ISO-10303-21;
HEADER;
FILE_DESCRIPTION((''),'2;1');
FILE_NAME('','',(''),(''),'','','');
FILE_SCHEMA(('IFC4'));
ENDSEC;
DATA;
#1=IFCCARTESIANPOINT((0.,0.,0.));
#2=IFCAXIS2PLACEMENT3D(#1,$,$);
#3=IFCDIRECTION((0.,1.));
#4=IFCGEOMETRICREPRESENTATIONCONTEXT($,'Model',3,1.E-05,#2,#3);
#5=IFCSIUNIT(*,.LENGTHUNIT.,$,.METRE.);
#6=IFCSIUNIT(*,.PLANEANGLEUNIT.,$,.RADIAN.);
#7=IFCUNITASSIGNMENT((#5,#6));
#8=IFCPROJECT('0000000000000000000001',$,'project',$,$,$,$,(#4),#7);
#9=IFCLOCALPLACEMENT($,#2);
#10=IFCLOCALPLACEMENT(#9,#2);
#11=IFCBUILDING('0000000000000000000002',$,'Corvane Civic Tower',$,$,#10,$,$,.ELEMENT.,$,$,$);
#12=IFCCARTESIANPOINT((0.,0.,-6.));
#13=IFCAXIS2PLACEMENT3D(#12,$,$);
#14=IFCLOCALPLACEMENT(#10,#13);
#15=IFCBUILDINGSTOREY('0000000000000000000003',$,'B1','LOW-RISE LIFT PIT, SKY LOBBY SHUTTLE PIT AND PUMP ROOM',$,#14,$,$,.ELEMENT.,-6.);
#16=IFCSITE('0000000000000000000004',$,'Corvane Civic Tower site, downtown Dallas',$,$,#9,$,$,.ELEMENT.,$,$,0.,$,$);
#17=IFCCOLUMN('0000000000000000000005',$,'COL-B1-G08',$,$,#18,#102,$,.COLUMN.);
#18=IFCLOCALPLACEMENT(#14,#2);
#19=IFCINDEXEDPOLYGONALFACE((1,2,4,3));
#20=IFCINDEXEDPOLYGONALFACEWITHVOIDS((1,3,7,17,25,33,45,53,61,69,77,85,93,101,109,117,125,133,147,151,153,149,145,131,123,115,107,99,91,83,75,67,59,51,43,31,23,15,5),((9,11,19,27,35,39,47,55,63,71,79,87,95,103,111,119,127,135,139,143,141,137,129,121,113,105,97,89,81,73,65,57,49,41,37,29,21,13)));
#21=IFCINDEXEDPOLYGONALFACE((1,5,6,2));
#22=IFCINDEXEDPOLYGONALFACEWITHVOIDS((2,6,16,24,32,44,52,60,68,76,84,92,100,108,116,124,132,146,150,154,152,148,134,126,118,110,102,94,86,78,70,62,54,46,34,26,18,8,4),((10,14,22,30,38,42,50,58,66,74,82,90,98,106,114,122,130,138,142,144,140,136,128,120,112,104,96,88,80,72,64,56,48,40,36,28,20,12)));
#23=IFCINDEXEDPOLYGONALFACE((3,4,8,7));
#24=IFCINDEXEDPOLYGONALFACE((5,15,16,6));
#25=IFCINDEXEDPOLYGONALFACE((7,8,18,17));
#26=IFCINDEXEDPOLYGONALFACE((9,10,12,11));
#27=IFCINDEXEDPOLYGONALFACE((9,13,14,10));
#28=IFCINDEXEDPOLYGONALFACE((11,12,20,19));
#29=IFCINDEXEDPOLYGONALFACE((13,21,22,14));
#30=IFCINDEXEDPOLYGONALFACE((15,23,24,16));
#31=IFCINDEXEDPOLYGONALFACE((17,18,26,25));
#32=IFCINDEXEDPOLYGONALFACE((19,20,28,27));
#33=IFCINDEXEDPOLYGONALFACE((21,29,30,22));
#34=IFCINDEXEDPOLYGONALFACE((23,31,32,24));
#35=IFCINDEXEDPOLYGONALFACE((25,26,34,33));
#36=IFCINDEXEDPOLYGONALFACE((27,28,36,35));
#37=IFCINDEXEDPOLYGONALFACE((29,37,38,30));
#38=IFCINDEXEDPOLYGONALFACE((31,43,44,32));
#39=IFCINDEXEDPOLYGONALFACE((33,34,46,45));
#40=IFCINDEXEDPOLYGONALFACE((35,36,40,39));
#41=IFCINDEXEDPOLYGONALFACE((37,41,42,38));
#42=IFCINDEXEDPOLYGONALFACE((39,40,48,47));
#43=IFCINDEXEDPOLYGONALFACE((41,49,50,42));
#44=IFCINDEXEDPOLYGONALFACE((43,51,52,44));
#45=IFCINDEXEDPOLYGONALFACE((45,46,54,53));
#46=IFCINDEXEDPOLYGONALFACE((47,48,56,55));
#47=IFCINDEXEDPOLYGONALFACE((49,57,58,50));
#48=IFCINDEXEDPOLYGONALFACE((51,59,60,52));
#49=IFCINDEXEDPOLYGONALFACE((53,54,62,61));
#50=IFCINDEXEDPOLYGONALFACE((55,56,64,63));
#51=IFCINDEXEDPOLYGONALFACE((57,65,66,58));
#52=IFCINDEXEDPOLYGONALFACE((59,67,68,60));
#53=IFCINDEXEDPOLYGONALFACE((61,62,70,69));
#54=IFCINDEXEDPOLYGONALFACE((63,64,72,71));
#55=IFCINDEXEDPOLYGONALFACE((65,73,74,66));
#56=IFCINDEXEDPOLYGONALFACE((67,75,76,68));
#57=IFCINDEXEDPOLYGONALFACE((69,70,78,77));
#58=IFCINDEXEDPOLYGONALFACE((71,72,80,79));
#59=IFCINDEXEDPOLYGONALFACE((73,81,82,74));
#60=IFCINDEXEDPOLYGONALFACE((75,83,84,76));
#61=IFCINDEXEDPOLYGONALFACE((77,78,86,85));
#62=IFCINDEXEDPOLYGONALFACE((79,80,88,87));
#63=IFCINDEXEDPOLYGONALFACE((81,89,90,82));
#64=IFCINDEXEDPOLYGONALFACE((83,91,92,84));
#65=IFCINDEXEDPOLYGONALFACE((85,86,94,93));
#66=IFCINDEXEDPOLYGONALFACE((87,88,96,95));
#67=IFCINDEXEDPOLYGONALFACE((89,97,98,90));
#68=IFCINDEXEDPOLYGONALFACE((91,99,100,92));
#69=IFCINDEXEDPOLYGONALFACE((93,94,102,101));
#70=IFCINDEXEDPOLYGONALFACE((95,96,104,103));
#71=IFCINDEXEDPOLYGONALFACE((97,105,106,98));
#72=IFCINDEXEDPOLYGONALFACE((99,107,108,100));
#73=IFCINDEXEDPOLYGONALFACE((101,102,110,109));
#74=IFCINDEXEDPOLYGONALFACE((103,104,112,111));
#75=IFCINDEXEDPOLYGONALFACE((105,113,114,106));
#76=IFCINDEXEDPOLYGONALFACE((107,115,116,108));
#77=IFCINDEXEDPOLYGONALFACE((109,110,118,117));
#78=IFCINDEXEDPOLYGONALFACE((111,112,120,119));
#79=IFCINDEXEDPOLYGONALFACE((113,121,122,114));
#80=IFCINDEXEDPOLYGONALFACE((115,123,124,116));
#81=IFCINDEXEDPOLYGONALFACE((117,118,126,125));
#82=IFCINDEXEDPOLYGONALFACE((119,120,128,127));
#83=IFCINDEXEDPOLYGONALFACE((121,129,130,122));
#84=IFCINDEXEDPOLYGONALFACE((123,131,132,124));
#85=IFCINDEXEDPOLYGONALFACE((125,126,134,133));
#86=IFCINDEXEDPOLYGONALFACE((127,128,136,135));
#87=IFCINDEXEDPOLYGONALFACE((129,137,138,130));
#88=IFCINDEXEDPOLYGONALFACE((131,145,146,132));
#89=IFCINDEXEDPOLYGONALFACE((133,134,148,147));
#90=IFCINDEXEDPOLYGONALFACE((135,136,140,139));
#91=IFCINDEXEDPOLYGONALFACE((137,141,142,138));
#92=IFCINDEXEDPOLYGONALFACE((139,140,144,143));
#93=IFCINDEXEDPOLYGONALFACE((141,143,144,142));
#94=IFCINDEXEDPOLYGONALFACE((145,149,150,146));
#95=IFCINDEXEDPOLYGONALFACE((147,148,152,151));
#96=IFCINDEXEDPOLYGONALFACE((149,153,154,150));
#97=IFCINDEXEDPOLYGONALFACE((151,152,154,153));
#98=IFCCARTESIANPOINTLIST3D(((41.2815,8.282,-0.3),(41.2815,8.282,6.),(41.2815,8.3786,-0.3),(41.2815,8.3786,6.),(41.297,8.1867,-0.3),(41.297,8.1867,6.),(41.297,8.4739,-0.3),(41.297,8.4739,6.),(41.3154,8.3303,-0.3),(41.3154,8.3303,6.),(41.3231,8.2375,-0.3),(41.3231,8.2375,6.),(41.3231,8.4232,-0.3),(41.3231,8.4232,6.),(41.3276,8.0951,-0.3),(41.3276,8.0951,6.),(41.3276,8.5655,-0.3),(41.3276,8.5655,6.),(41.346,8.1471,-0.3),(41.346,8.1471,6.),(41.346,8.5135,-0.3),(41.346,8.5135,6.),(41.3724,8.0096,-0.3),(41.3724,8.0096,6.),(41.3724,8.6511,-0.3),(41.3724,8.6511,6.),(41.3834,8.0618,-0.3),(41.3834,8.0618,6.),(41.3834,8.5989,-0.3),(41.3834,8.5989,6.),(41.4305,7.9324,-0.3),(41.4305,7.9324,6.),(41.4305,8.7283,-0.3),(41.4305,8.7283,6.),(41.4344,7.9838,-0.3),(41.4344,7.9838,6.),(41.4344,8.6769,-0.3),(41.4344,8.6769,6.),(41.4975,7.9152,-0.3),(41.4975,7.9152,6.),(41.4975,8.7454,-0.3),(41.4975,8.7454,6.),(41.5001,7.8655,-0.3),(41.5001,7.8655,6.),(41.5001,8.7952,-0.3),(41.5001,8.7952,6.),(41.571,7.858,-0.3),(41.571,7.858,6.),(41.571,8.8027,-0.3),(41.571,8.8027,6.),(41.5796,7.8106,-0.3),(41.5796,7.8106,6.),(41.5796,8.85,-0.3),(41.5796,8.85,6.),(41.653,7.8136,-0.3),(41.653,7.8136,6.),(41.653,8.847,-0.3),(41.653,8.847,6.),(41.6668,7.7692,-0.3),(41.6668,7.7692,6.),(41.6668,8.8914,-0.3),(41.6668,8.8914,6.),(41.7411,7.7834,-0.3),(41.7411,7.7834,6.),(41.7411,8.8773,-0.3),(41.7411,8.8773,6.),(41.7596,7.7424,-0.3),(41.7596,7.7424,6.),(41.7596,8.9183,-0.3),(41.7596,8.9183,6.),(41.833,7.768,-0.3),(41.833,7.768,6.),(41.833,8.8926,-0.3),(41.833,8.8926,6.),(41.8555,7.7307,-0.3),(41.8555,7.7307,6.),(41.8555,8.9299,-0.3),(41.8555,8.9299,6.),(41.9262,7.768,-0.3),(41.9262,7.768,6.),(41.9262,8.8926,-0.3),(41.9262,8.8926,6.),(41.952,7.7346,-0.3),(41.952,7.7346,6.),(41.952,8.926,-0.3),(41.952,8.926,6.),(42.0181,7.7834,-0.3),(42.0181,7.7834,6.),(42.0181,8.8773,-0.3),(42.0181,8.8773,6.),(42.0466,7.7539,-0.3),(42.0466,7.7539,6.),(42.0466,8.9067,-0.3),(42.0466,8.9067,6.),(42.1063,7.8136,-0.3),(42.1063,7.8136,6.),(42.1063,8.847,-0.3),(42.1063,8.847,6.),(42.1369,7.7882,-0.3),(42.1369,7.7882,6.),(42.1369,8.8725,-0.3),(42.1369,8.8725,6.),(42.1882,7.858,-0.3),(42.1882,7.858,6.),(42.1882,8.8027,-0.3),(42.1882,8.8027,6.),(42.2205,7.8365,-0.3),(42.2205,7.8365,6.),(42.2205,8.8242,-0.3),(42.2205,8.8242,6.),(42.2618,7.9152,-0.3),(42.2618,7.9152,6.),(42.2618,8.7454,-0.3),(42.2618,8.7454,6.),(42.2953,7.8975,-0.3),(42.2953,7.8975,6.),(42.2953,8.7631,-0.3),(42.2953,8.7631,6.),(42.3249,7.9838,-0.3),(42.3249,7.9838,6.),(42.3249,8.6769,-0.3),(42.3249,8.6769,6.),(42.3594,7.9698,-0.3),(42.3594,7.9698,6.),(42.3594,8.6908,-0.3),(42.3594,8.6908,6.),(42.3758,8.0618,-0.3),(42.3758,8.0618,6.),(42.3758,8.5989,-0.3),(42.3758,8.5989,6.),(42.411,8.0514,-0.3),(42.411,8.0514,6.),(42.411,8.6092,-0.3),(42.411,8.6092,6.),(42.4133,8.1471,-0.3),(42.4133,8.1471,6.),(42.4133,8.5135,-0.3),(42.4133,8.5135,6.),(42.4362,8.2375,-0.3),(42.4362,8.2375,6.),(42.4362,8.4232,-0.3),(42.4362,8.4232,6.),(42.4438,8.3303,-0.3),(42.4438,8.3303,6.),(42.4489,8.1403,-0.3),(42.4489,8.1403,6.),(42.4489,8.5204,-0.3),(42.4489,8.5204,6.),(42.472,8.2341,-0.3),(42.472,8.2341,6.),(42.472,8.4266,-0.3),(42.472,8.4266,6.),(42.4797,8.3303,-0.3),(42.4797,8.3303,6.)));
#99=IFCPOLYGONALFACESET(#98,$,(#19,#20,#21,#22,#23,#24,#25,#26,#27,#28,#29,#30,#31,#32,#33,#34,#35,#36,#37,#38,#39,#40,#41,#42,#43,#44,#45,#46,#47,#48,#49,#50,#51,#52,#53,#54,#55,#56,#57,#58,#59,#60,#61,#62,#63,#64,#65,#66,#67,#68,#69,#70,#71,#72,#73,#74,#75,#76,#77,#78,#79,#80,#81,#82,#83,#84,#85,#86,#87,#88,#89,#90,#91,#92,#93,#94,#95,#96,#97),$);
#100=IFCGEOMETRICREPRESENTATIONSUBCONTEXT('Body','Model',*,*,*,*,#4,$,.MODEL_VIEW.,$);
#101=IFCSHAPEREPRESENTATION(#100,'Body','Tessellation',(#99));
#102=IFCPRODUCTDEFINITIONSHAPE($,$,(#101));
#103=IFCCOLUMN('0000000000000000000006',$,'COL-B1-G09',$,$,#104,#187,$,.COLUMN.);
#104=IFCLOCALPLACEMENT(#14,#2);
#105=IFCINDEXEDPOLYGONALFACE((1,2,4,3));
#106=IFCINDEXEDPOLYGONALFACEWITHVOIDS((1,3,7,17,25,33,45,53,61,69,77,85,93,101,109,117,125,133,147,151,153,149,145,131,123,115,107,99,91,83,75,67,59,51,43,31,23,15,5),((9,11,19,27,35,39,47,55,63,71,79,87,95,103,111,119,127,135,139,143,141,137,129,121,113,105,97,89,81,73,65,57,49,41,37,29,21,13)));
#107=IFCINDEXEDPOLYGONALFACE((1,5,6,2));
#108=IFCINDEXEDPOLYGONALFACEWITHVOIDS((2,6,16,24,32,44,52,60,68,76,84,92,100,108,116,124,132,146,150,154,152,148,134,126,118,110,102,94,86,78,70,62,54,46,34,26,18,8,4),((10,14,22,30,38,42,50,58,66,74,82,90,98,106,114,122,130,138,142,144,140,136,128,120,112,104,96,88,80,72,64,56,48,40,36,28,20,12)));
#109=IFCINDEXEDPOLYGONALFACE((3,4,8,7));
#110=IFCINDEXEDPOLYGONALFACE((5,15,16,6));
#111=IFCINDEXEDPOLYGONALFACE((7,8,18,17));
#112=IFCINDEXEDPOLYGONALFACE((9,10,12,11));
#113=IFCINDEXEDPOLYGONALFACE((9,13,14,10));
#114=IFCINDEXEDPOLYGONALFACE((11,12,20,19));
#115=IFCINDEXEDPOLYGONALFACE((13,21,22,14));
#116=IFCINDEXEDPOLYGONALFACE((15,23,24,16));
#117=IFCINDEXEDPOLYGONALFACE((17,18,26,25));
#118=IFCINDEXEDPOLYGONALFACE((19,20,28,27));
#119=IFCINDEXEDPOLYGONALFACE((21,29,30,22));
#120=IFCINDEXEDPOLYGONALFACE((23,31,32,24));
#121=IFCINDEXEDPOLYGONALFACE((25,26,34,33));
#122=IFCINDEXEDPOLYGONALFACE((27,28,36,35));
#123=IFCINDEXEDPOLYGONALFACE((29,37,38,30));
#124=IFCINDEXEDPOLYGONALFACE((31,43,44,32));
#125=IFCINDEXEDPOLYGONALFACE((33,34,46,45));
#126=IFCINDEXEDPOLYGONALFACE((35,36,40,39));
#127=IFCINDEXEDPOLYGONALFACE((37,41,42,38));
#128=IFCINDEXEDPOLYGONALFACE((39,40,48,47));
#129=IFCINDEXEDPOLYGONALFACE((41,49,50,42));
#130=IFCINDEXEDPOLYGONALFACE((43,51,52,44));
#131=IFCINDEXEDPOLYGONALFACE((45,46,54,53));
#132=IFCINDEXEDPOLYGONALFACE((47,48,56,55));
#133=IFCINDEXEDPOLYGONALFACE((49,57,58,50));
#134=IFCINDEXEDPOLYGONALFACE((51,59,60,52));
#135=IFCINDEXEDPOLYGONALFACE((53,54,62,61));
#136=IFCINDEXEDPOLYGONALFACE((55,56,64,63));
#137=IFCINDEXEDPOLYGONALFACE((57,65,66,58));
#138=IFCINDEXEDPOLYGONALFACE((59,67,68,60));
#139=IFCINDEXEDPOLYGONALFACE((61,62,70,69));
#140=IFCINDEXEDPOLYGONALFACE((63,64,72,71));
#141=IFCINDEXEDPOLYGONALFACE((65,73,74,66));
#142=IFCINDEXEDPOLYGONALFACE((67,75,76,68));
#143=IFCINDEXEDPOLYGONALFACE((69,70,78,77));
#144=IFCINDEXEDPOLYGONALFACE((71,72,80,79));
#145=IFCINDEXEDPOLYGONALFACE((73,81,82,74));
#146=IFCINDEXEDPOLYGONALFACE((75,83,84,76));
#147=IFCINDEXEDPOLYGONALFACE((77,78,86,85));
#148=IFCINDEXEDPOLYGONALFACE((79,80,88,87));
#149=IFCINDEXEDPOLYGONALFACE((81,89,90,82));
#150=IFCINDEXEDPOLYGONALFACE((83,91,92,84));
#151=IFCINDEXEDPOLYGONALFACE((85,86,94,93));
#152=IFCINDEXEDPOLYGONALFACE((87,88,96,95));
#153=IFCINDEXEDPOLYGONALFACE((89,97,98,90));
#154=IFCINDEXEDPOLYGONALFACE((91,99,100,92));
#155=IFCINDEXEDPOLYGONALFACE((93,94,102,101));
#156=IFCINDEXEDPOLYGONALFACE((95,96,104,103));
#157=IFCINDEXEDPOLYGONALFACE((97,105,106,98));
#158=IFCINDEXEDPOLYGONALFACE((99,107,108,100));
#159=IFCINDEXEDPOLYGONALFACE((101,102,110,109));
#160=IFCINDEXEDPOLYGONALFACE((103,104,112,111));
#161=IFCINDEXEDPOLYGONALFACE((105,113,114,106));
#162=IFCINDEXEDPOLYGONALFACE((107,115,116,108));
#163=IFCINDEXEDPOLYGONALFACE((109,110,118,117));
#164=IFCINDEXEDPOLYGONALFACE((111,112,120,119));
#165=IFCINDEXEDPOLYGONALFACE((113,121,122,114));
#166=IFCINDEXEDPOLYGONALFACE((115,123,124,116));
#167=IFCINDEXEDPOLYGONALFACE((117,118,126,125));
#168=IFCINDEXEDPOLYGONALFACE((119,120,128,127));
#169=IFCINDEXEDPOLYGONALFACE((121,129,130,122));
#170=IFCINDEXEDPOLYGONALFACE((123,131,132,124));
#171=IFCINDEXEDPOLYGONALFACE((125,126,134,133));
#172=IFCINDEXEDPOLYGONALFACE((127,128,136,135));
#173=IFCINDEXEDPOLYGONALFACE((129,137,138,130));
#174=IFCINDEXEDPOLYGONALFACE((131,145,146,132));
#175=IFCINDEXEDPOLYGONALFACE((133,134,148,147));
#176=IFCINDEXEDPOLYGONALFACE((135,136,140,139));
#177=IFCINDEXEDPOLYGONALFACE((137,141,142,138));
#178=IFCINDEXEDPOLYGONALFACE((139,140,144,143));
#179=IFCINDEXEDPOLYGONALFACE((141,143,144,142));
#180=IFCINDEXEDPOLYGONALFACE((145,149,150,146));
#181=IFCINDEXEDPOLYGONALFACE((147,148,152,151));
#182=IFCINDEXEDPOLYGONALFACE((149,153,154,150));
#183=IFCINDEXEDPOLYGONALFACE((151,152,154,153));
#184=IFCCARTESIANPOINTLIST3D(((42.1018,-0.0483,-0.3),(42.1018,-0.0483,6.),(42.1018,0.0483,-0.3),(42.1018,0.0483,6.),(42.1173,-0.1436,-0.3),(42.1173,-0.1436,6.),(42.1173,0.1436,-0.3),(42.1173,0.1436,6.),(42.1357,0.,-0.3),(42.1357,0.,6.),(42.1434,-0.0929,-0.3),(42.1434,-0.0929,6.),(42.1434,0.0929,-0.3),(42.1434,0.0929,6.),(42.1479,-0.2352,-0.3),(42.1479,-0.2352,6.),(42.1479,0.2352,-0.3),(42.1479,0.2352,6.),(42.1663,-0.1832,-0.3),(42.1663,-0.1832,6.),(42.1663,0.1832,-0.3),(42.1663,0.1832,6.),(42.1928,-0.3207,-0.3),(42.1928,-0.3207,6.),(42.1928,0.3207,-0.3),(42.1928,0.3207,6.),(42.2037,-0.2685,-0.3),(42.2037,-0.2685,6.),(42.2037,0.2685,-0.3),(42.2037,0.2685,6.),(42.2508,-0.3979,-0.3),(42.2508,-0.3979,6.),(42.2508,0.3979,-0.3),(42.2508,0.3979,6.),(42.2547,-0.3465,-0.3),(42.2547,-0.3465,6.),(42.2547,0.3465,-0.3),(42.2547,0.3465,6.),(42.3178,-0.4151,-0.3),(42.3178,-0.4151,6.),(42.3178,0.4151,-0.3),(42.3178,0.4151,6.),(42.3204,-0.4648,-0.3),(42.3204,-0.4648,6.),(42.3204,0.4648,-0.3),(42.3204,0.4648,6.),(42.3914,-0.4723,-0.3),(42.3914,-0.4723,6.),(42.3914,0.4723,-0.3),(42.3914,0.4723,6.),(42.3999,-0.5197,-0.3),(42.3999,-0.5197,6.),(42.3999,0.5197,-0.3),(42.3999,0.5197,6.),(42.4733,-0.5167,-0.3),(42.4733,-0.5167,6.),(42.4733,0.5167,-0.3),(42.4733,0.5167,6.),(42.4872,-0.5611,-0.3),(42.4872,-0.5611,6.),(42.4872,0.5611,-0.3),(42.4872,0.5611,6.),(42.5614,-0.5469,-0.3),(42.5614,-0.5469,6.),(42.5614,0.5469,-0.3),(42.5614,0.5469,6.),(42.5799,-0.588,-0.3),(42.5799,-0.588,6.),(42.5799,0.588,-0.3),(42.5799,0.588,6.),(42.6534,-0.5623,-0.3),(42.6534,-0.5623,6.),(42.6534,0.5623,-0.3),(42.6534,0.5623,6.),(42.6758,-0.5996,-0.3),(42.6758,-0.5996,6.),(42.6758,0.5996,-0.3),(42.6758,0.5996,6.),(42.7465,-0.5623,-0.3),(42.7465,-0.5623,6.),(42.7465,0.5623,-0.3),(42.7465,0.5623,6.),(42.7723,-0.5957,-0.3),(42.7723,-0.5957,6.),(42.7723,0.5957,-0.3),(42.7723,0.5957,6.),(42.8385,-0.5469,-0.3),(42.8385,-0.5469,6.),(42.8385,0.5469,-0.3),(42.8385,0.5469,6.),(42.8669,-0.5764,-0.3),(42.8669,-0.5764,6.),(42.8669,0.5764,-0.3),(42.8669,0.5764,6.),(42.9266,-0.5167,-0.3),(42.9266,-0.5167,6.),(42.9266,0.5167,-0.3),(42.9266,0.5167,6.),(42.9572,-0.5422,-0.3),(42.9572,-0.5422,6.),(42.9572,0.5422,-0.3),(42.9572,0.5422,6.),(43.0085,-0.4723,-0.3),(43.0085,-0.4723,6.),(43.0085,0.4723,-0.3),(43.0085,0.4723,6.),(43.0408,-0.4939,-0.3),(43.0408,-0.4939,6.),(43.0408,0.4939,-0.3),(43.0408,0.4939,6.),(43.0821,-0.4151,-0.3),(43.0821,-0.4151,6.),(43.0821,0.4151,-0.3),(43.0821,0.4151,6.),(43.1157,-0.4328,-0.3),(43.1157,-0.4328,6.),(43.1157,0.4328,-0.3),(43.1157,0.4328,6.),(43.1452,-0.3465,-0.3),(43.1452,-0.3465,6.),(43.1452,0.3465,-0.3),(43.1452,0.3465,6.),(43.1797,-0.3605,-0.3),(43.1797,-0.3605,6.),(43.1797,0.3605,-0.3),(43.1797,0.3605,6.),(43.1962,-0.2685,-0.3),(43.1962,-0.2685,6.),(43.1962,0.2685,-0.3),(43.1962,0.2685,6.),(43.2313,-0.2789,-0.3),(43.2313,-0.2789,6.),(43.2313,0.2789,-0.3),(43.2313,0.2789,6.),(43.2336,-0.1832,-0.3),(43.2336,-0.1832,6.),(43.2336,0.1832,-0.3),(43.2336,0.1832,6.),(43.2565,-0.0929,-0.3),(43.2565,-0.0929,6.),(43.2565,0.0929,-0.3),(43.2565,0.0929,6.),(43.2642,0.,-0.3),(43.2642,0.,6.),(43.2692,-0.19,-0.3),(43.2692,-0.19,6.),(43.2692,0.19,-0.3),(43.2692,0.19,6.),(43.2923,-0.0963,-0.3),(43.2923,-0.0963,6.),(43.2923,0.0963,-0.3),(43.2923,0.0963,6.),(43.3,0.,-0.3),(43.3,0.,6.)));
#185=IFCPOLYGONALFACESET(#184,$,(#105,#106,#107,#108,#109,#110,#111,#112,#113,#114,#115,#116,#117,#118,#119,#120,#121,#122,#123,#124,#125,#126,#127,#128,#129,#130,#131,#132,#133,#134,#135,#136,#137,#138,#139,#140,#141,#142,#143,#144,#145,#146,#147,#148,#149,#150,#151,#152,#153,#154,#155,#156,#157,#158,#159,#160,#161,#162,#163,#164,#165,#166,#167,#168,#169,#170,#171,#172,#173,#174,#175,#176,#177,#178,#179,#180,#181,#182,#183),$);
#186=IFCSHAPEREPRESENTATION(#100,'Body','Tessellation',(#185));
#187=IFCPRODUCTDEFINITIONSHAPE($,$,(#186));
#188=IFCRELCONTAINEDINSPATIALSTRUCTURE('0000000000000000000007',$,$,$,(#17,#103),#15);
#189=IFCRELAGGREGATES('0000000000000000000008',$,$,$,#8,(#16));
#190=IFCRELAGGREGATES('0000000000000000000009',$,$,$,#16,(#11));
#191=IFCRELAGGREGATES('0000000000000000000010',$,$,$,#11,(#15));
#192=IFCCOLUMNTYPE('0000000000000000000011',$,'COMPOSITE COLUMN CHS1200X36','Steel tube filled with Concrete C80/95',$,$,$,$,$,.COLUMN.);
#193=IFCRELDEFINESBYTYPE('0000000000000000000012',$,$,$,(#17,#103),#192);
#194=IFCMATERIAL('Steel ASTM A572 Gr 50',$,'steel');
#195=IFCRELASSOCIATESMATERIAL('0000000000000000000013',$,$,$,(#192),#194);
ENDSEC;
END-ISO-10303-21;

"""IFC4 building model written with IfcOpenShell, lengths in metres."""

from ifc_helpers import new_model, si_unit, direction, frame, origin, origin_2d, place, context, subcontext, project, spatial, hollow_circle, extrude, material, material_profile, profile_set, type_object, element, save


model = new_model("IFC4")

# Units and contexts
model_context = context("Model", 3, precision=1e-05, world=origin(), true_north=direction((0.0, 1.0)))
body_context = subcontext(model_context, "Body", "Model", "MODEL_VIEW")
ifc_project = project(units=[si_unit("LENGTHUNIT", "METRE"), si_unit("PLANEANGLEUNIT", "RADIAN")], contexts=[model_context])

# Site, building, storey
site_placement = place(None, origin())
site = spatial("IfcSite", under=ifc_project, at=site_placement, Name="Corvane Civic Tower site, downtown Dallas", CompositionType="ELEMENT", RefElevation=0.0)
building_placement = place(site_placement, origin())
building = spatial("IfcBuilding", under=site, at=building_placement, Name="Corvane Civic Tower", CompositionType="ELEMENT")
storey_placement = place(building_placement, frame((0.0, 0.0, -6.0)))
storey = spatial("IfcBuildingStorey", under=building, at=storey_placement, Name="B1", Description="LOW-RISE LIFT PIT, SKY LOBBY SHUTTLE PIT AND PUMP ROOM", CompositionType="ELEMENT", Elevation=-6.0)

# Columns
ifc_material_1 = material(Name="Steel ASTM A572 Gr 50", Category="steel")
ifc_material_profile_1 = material_profile(ifc_material_1, hollow_circle(Radius=0.6001, WallThickness=0.0359, at=origin_2d()), Name="CHS1200X36")
ifc_profile_set_1 = profile_set([ifc_material_profile_1], Name="Steel ASTM A572 Gr 50")
column_type_1 = type_object("IfcColumnType", Name="COMPOSITE COLUMN CHS1200X36", Description="Steel tube filled with Concrete C80/95", PredefinedType="COLUMN", material=ifc_profile_set_1)
for number, where, z_axis, x_axis, name in (
    (1, (41.8796, 8.3303, -0.3), (0.0, 0.0, 1.0), (1.0, 0.0, 0.0), "COL-B1-G08"),
    (2, (42.7, 0.0, -0.3), (0.0, 0.0, 1.0), (1.0, 0.0, 0.0), "COL-B1-G09"),
):
    element("IfcColumn", number, at=place(storey_placement, frame(where, z_axis=z_axis, x_axis=x_axis)), inside=storey, type_object=column_type_1, Name=name, PredefinedType="COLUMN", context=body_context, shape_type="SweptSolid", body=[
        extrude(hollow_circle(Radius=0.6001, WallThickness=0.0359, at=origin_2d()), origin(), (0.0, 0.0, 1.0), 6.3),
    ])

save(model, "model.ifc")
